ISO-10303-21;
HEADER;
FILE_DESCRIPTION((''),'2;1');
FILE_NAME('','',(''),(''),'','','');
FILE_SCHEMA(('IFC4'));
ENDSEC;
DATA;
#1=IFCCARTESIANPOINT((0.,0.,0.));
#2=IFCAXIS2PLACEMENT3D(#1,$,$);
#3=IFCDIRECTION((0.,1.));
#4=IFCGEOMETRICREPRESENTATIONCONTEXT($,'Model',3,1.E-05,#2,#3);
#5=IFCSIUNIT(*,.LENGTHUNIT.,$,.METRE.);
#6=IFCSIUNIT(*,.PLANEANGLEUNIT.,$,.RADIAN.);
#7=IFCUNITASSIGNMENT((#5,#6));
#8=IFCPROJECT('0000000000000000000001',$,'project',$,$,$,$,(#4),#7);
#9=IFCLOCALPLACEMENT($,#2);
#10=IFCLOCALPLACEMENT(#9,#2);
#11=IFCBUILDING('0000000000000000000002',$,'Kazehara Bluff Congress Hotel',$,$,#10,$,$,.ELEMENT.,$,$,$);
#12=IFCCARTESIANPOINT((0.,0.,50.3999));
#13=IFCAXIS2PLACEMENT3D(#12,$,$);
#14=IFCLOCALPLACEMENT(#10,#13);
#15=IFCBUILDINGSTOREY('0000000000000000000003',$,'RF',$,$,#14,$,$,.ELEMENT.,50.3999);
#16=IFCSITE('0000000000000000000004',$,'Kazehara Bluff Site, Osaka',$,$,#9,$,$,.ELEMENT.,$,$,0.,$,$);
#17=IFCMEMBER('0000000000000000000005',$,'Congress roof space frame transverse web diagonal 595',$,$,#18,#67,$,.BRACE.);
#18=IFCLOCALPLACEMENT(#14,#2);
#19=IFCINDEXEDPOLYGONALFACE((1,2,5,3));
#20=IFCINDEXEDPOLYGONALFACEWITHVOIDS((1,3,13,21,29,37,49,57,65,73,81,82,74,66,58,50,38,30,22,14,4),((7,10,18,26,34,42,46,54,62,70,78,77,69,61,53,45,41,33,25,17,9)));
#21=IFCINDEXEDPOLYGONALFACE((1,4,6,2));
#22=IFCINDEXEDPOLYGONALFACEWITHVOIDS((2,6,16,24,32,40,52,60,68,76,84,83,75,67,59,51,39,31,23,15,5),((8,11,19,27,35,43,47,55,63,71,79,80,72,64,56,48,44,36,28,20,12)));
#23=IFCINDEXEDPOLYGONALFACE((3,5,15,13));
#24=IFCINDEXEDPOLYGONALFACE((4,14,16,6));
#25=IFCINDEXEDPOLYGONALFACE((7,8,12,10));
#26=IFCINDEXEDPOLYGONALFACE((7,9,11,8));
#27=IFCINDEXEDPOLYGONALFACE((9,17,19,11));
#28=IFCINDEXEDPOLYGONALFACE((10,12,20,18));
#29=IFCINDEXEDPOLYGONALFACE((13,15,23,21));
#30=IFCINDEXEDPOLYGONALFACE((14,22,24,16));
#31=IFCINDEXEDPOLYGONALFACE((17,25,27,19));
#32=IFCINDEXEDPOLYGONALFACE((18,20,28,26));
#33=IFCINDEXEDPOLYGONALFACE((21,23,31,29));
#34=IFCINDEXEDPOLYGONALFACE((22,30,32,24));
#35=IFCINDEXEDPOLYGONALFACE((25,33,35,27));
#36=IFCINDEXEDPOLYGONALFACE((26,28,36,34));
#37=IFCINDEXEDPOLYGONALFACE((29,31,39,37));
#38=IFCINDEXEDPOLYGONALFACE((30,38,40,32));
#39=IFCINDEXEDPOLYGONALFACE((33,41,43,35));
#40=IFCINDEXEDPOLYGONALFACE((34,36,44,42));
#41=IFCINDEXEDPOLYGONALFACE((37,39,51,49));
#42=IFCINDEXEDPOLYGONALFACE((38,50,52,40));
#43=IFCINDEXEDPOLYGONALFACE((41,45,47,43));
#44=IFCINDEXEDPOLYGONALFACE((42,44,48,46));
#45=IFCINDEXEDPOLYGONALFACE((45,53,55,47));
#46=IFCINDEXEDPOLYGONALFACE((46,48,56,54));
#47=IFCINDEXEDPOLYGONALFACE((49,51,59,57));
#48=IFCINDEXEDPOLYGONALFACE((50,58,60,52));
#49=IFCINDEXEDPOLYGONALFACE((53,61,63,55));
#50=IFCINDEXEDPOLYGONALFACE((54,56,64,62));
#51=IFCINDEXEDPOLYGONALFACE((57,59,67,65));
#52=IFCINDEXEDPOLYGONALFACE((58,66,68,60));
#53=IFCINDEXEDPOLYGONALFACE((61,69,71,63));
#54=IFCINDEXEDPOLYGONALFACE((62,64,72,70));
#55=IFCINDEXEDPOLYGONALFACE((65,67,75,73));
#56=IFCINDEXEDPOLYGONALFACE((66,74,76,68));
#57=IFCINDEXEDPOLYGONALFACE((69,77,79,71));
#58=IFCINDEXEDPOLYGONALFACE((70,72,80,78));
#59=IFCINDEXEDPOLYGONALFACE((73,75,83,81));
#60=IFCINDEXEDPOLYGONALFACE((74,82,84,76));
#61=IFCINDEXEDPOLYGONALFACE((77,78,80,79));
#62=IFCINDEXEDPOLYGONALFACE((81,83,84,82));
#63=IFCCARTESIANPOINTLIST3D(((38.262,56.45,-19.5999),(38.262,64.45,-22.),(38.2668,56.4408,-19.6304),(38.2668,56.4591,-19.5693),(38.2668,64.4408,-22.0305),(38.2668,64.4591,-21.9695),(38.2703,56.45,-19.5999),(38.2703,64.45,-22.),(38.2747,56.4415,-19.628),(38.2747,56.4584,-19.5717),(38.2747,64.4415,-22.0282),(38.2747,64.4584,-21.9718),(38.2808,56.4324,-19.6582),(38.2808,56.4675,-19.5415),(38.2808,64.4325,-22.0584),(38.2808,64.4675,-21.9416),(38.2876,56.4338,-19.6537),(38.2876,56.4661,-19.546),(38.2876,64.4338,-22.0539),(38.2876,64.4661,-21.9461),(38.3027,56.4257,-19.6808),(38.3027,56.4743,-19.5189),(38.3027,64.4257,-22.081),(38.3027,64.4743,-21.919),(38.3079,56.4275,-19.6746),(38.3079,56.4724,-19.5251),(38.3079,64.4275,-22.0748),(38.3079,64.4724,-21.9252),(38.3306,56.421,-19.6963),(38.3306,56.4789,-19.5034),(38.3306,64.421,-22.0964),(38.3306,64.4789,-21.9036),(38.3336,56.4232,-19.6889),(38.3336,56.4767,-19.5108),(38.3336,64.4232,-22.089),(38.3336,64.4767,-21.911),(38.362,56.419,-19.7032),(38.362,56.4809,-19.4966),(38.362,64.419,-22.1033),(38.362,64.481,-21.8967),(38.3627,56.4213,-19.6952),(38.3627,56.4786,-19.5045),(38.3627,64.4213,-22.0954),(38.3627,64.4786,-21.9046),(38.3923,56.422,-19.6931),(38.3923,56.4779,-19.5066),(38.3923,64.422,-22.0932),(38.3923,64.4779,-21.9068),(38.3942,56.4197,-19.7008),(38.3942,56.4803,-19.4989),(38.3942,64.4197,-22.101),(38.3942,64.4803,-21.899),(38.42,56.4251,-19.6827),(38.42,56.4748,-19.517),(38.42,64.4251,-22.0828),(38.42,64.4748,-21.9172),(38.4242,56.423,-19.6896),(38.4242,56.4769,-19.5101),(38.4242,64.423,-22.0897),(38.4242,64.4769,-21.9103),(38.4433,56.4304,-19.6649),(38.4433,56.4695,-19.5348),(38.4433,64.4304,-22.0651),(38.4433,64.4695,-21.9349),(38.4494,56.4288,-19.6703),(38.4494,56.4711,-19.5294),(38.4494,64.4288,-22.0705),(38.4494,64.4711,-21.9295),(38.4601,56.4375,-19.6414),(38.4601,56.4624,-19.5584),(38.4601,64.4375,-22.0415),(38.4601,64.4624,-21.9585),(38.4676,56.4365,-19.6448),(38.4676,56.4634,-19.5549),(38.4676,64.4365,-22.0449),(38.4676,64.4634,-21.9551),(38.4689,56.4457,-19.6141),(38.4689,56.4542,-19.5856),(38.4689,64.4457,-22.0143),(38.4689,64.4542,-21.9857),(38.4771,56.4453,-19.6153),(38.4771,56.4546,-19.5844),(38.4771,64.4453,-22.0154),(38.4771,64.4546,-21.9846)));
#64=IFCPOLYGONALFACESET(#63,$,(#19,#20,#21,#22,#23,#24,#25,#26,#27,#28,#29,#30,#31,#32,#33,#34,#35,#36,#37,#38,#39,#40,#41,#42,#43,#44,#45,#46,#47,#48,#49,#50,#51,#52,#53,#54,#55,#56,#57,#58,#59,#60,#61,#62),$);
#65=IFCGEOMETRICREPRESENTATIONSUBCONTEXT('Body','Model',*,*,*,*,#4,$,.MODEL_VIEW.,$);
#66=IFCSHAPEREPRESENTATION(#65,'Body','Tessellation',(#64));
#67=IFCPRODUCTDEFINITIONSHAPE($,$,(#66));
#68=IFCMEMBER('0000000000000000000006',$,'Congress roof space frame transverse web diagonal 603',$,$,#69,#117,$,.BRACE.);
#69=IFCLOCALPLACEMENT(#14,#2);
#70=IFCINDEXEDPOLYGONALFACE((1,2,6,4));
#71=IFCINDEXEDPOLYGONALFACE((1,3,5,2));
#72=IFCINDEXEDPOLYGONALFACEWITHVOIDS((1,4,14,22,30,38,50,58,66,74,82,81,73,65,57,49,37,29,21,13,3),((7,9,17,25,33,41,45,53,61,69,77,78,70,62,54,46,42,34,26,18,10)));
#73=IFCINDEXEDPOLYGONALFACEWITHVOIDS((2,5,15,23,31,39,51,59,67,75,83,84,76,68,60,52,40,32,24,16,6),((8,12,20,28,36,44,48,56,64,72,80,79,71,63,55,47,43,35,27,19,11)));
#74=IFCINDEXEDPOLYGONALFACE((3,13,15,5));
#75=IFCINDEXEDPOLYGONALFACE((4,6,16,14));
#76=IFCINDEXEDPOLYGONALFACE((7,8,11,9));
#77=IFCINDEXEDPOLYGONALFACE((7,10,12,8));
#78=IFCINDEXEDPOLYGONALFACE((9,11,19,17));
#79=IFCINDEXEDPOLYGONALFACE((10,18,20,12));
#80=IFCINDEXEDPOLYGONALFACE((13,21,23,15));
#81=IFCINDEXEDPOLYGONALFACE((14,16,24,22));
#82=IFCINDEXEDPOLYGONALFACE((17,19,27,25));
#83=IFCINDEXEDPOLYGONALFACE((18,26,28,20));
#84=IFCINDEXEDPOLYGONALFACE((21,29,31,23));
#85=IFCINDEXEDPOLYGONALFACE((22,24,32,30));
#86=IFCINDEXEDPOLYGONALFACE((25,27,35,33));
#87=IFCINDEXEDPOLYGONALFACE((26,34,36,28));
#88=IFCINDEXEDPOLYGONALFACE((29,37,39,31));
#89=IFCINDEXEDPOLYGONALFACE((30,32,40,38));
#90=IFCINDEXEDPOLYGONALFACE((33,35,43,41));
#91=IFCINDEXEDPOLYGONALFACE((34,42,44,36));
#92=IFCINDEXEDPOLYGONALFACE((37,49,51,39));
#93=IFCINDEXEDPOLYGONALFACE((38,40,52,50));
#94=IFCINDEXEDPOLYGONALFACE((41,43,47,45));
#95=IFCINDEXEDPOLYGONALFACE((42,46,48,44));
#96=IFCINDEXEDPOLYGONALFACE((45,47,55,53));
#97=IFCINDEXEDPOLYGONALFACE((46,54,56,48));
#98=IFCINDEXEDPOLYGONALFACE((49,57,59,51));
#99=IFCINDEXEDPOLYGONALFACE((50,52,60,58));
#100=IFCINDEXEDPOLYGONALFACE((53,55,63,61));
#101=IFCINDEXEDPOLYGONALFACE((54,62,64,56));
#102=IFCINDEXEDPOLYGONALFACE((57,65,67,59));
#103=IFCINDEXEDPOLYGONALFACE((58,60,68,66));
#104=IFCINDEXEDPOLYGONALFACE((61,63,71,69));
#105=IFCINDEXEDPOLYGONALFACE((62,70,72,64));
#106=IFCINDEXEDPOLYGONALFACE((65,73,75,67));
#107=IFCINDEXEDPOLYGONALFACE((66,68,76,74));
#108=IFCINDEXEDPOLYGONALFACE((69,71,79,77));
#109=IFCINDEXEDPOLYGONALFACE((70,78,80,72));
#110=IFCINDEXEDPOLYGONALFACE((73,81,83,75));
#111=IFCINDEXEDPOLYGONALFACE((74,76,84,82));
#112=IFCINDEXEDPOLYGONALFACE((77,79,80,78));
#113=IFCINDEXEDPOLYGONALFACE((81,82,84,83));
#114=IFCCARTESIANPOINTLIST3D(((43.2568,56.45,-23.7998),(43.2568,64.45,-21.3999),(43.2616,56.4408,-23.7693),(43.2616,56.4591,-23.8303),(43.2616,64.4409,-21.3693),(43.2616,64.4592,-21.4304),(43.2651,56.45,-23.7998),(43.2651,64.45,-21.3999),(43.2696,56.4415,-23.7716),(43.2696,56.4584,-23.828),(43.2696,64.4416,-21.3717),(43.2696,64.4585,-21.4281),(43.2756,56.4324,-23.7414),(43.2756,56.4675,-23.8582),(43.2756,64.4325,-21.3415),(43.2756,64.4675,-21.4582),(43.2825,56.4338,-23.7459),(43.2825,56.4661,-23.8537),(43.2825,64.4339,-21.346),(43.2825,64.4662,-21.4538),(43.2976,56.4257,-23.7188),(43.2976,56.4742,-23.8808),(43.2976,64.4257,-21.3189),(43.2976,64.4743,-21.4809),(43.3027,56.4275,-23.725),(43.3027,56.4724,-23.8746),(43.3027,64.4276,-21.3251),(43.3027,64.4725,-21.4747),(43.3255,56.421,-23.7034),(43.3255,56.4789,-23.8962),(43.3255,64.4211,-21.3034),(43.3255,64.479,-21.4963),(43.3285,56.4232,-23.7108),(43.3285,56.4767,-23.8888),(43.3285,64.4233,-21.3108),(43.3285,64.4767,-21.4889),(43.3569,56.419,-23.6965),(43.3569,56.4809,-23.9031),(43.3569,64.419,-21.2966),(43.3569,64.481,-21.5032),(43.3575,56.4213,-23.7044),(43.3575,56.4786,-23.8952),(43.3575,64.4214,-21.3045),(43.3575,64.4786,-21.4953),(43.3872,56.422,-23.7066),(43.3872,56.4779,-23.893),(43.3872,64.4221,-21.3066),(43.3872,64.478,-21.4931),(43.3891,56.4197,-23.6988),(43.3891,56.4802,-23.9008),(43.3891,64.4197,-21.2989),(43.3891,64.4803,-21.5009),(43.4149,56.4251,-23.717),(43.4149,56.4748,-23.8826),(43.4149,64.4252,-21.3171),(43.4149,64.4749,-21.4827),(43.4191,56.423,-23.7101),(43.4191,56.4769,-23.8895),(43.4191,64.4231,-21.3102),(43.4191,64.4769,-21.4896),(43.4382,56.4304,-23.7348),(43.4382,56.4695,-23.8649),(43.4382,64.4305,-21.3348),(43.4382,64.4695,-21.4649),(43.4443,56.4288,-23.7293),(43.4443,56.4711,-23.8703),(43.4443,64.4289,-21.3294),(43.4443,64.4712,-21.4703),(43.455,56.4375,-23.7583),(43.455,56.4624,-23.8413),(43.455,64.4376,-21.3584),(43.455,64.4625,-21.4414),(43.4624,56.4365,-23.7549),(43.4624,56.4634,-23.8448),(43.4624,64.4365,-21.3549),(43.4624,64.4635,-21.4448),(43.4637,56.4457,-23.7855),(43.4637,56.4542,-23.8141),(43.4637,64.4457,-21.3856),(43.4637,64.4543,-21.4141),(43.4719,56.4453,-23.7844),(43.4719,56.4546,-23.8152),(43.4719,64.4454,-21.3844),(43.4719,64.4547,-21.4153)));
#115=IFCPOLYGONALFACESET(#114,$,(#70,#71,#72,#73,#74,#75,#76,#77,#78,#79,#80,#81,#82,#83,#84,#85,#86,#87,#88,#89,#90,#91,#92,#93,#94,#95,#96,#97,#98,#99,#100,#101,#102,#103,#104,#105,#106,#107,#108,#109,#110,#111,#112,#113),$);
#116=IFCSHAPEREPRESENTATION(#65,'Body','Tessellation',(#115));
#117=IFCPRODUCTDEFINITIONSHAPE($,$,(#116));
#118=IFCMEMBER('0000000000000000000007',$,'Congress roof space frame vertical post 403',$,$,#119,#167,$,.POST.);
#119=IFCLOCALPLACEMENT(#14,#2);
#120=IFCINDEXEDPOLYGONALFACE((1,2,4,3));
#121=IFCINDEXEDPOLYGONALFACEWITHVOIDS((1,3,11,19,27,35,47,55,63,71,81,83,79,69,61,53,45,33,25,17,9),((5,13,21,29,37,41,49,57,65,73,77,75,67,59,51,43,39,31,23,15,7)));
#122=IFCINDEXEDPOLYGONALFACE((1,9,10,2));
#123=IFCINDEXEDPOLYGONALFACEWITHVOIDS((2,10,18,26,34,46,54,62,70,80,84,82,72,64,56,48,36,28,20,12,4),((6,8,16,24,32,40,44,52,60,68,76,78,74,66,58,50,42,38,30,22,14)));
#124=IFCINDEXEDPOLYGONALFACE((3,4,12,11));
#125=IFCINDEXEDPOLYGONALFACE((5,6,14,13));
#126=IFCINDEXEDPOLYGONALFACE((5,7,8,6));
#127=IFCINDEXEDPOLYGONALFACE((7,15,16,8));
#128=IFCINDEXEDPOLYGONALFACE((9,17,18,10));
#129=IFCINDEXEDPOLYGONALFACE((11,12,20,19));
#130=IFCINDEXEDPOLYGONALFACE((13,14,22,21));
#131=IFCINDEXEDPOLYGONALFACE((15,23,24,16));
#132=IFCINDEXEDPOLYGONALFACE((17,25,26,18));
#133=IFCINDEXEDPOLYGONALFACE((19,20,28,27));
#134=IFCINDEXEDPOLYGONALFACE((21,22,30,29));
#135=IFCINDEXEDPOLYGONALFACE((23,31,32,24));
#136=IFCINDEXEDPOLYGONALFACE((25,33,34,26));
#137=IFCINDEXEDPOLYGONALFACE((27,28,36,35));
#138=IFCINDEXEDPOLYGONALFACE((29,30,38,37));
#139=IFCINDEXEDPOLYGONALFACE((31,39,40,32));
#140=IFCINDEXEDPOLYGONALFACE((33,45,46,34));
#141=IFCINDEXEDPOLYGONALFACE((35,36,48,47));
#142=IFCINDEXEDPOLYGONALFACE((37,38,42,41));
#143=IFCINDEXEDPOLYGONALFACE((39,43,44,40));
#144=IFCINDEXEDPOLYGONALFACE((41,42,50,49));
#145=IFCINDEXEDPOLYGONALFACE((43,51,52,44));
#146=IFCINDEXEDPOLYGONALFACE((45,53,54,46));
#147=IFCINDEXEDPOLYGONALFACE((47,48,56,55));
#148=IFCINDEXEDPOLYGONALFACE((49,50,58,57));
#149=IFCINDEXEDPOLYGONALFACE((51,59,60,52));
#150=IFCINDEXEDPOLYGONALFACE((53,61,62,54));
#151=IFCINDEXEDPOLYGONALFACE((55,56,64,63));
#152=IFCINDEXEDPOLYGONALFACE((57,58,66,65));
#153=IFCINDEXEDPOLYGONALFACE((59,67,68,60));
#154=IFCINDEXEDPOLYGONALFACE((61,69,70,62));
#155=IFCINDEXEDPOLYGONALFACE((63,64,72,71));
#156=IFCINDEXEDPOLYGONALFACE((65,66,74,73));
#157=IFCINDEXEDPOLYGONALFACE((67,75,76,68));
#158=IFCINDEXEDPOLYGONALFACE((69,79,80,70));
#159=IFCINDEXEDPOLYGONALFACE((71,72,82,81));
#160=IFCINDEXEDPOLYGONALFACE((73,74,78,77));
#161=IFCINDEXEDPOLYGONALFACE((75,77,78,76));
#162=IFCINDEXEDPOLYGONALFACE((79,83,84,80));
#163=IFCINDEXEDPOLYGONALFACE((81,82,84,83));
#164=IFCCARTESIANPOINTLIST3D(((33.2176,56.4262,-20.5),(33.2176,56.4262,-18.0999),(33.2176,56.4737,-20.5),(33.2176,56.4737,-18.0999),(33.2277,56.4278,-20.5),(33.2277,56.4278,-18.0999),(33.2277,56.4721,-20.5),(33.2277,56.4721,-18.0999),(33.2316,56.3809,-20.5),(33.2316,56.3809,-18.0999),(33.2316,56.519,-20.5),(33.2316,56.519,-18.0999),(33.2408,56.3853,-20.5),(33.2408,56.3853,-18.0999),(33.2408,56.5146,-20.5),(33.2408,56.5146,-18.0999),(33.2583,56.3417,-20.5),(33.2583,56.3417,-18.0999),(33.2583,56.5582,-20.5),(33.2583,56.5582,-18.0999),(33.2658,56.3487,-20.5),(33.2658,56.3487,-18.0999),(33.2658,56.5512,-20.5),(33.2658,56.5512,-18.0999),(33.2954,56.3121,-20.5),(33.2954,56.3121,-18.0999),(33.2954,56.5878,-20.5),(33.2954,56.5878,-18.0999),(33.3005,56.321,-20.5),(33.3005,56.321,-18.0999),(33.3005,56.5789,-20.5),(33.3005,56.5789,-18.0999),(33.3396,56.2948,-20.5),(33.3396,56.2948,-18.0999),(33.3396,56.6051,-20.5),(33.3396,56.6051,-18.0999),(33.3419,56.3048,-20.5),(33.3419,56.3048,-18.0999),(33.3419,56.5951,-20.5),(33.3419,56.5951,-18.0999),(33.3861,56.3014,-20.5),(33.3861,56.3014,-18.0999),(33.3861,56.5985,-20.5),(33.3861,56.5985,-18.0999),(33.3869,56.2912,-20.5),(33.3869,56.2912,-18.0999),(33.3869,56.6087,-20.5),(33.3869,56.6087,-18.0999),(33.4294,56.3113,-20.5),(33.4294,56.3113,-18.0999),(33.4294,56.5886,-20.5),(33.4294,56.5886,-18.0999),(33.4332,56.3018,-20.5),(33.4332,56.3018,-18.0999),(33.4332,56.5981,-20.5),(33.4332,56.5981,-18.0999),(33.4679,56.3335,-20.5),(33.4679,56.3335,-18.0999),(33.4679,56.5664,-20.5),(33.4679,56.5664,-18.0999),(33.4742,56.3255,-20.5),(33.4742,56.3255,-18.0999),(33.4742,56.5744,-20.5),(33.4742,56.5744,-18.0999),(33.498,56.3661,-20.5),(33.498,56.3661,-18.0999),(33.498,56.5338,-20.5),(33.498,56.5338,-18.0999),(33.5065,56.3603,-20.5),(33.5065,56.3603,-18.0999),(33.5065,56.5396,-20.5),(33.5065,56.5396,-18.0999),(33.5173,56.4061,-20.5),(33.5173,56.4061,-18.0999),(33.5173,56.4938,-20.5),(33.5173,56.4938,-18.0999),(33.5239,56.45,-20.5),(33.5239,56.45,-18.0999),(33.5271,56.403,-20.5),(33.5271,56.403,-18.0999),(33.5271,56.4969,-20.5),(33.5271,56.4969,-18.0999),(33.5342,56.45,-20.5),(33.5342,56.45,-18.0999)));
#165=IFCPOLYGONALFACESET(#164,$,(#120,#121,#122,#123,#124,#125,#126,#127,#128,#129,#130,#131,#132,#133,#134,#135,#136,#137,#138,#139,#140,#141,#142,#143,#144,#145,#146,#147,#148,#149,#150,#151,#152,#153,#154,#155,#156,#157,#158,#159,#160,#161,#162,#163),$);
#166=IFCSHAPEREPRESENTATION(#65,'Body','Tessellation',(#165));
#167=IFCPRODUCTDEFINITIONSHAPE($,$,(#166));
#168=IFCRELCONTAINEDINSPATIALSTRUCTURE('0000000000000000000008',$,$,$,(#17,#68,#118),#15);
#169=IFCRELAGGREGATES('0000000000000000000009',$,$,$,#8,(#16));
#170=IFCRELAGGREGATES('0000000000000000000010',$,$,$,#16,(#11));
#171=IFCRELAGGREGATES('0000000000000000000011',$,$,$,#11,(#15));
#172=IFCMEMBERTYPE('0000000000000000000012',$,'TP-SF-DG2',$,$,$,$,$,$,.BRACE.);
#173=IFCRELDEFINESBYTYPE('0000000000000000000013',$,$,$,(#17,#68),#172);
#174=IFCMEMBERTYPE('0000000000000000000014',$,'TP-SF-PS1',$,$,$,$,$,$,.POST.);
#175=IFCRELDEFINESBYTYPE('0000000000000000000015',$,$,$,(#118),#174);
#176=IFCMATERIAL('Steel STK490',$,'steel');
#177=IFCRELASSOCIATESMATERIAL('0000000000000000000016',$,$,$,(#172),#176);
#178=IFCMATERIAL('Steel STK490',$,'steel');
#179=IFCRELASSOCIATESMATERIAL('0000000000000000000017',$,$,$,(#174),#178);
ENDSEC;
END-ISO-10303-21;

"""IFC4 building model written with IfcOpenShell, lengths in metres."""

from ifc_helpers import new_model, si_unit, direction, frame, origin, origin_2d, place, context, subcontext, project, spatial, hollow_circle, extrude, material, material_profile, profile_set, type_object, element, save


model = new_model("IFC4")

# Units and contexts
model_context = context("Model", 3, precision=1e-05, world=origin(), true_north=direction((0.0, 1.0)))
body_context = subcontext(model_context, "Body", "Model", "MODEL_VIEW")
ifc_project = project(units=[si_unit("LENGTHUNIT", "METRE"), si_unit("PLANEANGLEUNIT", "RADIAN")], contexts=[model_context])

# Site, building, storey
site_placement = place(None, origin())
site = spatial("IfcSite", under=ifc_project, at=site_placement, Name="Kazehara Bluff Site, Osaka", CompositionType="ELEMENT", RefElevation=0.0)
building_placement = place(site_placement, origin())
building = spatial("IfcBuilding", under=site, at=building_placement, Name="Kazehara Bluff Congress Hotel", CompositionType="ELEMENT")
storey_placement = place(building_placement, frame((0.0, 0.0, 50.3999)))
storey = spatial("IfcBuildingStorey", under=building, at=storey_placement, Name="RF", CompositionType="ELEMENT", Elevation=50.3999)

# Members
ifc_material_1 = material(Name="Steel STK490", Category="steel")
ifc_material_profile_1 = material_profile(ifc_material_1, hollow_circle(Radius=0.1082, WallThickness=0.0083, at=origin_2d()))
ifc_profile_set_1 = profile_set([ifc_material_profile_1], Name="Steel STK490")
member_type_1 = type_object("IfcMemberType", Name="TP-SF-DG2", PredefinedType="BRACE", material=ifc_profile_set_1)
for number, where, z_axis, x_axis, name in (
    (1, (38.3701, 56.45, -19.5999), (0.0, 0.957821, -0.287364), (-1.0, 0.0, 0.0), "Congress roof space frame transverse web diagonal 595"),
    (2, (43.365, 56.45, -23.7998), (0.0, 0.95783, 0.287337), (-1.0, 0.0, 0.0), "Congress roof space frame transverse web diagonal 603"),
):
    element("IfcMember", number, at=place(storey_placement, frame(where, z_axis=z_axis, x_axis=x_axis)), inside=storey, type_object=member_type_1, Name=name, PredefinedType="BRACE", context=body_context, shape_type="SweptSolid", body=[
        extrude(hollow_circle(Radius=0.1082, WallThickness=0.0083, at=origin_2d()), origin(), (0.0, 0.0, 1.0), 8.3523),
    ])
ifc_material_2 = material(Name="Steel STK490", Category="steel")
ifc_material_profile_2 = material_profile(ifc_material_2, hollow_circle(Radius=0.1592, WallThickness=0.0103, at=origin_2d()))
ifc_profile_set_2 = profile_set([ifc_material_profile_2], Name="Steel STK490")
member_type_2 = type_object("IfcMemberType", Name="TP-SF-PS1", PredefinedType="POST", material=ifc_profile_set_2)
for number, where, z_axis, x_axis, name in (
    (3, (33.375, 56.45, -20.5), (0.0, 0.0, 1.0), (1.0, 0.0, 0.0), "Congress roof space frame vertical post 403"),
):
    element("IfcMember", number, at=place(storey_placement, frame(where, z_axis=z_axis, x_axis=x_axis)), inside=storey, type_object=member_type_2, Name=name, PredefinedType="POST", context=body_context, shape_type="SweptSolid", body=[
        extrude(hollow_circle(Radius=0.1592, WallThickness=0.0103, at=origin_2d()), origin(), (0.0, 0.0, 1.0), 2.4001),
    ])

save(model, "model.ifc")
